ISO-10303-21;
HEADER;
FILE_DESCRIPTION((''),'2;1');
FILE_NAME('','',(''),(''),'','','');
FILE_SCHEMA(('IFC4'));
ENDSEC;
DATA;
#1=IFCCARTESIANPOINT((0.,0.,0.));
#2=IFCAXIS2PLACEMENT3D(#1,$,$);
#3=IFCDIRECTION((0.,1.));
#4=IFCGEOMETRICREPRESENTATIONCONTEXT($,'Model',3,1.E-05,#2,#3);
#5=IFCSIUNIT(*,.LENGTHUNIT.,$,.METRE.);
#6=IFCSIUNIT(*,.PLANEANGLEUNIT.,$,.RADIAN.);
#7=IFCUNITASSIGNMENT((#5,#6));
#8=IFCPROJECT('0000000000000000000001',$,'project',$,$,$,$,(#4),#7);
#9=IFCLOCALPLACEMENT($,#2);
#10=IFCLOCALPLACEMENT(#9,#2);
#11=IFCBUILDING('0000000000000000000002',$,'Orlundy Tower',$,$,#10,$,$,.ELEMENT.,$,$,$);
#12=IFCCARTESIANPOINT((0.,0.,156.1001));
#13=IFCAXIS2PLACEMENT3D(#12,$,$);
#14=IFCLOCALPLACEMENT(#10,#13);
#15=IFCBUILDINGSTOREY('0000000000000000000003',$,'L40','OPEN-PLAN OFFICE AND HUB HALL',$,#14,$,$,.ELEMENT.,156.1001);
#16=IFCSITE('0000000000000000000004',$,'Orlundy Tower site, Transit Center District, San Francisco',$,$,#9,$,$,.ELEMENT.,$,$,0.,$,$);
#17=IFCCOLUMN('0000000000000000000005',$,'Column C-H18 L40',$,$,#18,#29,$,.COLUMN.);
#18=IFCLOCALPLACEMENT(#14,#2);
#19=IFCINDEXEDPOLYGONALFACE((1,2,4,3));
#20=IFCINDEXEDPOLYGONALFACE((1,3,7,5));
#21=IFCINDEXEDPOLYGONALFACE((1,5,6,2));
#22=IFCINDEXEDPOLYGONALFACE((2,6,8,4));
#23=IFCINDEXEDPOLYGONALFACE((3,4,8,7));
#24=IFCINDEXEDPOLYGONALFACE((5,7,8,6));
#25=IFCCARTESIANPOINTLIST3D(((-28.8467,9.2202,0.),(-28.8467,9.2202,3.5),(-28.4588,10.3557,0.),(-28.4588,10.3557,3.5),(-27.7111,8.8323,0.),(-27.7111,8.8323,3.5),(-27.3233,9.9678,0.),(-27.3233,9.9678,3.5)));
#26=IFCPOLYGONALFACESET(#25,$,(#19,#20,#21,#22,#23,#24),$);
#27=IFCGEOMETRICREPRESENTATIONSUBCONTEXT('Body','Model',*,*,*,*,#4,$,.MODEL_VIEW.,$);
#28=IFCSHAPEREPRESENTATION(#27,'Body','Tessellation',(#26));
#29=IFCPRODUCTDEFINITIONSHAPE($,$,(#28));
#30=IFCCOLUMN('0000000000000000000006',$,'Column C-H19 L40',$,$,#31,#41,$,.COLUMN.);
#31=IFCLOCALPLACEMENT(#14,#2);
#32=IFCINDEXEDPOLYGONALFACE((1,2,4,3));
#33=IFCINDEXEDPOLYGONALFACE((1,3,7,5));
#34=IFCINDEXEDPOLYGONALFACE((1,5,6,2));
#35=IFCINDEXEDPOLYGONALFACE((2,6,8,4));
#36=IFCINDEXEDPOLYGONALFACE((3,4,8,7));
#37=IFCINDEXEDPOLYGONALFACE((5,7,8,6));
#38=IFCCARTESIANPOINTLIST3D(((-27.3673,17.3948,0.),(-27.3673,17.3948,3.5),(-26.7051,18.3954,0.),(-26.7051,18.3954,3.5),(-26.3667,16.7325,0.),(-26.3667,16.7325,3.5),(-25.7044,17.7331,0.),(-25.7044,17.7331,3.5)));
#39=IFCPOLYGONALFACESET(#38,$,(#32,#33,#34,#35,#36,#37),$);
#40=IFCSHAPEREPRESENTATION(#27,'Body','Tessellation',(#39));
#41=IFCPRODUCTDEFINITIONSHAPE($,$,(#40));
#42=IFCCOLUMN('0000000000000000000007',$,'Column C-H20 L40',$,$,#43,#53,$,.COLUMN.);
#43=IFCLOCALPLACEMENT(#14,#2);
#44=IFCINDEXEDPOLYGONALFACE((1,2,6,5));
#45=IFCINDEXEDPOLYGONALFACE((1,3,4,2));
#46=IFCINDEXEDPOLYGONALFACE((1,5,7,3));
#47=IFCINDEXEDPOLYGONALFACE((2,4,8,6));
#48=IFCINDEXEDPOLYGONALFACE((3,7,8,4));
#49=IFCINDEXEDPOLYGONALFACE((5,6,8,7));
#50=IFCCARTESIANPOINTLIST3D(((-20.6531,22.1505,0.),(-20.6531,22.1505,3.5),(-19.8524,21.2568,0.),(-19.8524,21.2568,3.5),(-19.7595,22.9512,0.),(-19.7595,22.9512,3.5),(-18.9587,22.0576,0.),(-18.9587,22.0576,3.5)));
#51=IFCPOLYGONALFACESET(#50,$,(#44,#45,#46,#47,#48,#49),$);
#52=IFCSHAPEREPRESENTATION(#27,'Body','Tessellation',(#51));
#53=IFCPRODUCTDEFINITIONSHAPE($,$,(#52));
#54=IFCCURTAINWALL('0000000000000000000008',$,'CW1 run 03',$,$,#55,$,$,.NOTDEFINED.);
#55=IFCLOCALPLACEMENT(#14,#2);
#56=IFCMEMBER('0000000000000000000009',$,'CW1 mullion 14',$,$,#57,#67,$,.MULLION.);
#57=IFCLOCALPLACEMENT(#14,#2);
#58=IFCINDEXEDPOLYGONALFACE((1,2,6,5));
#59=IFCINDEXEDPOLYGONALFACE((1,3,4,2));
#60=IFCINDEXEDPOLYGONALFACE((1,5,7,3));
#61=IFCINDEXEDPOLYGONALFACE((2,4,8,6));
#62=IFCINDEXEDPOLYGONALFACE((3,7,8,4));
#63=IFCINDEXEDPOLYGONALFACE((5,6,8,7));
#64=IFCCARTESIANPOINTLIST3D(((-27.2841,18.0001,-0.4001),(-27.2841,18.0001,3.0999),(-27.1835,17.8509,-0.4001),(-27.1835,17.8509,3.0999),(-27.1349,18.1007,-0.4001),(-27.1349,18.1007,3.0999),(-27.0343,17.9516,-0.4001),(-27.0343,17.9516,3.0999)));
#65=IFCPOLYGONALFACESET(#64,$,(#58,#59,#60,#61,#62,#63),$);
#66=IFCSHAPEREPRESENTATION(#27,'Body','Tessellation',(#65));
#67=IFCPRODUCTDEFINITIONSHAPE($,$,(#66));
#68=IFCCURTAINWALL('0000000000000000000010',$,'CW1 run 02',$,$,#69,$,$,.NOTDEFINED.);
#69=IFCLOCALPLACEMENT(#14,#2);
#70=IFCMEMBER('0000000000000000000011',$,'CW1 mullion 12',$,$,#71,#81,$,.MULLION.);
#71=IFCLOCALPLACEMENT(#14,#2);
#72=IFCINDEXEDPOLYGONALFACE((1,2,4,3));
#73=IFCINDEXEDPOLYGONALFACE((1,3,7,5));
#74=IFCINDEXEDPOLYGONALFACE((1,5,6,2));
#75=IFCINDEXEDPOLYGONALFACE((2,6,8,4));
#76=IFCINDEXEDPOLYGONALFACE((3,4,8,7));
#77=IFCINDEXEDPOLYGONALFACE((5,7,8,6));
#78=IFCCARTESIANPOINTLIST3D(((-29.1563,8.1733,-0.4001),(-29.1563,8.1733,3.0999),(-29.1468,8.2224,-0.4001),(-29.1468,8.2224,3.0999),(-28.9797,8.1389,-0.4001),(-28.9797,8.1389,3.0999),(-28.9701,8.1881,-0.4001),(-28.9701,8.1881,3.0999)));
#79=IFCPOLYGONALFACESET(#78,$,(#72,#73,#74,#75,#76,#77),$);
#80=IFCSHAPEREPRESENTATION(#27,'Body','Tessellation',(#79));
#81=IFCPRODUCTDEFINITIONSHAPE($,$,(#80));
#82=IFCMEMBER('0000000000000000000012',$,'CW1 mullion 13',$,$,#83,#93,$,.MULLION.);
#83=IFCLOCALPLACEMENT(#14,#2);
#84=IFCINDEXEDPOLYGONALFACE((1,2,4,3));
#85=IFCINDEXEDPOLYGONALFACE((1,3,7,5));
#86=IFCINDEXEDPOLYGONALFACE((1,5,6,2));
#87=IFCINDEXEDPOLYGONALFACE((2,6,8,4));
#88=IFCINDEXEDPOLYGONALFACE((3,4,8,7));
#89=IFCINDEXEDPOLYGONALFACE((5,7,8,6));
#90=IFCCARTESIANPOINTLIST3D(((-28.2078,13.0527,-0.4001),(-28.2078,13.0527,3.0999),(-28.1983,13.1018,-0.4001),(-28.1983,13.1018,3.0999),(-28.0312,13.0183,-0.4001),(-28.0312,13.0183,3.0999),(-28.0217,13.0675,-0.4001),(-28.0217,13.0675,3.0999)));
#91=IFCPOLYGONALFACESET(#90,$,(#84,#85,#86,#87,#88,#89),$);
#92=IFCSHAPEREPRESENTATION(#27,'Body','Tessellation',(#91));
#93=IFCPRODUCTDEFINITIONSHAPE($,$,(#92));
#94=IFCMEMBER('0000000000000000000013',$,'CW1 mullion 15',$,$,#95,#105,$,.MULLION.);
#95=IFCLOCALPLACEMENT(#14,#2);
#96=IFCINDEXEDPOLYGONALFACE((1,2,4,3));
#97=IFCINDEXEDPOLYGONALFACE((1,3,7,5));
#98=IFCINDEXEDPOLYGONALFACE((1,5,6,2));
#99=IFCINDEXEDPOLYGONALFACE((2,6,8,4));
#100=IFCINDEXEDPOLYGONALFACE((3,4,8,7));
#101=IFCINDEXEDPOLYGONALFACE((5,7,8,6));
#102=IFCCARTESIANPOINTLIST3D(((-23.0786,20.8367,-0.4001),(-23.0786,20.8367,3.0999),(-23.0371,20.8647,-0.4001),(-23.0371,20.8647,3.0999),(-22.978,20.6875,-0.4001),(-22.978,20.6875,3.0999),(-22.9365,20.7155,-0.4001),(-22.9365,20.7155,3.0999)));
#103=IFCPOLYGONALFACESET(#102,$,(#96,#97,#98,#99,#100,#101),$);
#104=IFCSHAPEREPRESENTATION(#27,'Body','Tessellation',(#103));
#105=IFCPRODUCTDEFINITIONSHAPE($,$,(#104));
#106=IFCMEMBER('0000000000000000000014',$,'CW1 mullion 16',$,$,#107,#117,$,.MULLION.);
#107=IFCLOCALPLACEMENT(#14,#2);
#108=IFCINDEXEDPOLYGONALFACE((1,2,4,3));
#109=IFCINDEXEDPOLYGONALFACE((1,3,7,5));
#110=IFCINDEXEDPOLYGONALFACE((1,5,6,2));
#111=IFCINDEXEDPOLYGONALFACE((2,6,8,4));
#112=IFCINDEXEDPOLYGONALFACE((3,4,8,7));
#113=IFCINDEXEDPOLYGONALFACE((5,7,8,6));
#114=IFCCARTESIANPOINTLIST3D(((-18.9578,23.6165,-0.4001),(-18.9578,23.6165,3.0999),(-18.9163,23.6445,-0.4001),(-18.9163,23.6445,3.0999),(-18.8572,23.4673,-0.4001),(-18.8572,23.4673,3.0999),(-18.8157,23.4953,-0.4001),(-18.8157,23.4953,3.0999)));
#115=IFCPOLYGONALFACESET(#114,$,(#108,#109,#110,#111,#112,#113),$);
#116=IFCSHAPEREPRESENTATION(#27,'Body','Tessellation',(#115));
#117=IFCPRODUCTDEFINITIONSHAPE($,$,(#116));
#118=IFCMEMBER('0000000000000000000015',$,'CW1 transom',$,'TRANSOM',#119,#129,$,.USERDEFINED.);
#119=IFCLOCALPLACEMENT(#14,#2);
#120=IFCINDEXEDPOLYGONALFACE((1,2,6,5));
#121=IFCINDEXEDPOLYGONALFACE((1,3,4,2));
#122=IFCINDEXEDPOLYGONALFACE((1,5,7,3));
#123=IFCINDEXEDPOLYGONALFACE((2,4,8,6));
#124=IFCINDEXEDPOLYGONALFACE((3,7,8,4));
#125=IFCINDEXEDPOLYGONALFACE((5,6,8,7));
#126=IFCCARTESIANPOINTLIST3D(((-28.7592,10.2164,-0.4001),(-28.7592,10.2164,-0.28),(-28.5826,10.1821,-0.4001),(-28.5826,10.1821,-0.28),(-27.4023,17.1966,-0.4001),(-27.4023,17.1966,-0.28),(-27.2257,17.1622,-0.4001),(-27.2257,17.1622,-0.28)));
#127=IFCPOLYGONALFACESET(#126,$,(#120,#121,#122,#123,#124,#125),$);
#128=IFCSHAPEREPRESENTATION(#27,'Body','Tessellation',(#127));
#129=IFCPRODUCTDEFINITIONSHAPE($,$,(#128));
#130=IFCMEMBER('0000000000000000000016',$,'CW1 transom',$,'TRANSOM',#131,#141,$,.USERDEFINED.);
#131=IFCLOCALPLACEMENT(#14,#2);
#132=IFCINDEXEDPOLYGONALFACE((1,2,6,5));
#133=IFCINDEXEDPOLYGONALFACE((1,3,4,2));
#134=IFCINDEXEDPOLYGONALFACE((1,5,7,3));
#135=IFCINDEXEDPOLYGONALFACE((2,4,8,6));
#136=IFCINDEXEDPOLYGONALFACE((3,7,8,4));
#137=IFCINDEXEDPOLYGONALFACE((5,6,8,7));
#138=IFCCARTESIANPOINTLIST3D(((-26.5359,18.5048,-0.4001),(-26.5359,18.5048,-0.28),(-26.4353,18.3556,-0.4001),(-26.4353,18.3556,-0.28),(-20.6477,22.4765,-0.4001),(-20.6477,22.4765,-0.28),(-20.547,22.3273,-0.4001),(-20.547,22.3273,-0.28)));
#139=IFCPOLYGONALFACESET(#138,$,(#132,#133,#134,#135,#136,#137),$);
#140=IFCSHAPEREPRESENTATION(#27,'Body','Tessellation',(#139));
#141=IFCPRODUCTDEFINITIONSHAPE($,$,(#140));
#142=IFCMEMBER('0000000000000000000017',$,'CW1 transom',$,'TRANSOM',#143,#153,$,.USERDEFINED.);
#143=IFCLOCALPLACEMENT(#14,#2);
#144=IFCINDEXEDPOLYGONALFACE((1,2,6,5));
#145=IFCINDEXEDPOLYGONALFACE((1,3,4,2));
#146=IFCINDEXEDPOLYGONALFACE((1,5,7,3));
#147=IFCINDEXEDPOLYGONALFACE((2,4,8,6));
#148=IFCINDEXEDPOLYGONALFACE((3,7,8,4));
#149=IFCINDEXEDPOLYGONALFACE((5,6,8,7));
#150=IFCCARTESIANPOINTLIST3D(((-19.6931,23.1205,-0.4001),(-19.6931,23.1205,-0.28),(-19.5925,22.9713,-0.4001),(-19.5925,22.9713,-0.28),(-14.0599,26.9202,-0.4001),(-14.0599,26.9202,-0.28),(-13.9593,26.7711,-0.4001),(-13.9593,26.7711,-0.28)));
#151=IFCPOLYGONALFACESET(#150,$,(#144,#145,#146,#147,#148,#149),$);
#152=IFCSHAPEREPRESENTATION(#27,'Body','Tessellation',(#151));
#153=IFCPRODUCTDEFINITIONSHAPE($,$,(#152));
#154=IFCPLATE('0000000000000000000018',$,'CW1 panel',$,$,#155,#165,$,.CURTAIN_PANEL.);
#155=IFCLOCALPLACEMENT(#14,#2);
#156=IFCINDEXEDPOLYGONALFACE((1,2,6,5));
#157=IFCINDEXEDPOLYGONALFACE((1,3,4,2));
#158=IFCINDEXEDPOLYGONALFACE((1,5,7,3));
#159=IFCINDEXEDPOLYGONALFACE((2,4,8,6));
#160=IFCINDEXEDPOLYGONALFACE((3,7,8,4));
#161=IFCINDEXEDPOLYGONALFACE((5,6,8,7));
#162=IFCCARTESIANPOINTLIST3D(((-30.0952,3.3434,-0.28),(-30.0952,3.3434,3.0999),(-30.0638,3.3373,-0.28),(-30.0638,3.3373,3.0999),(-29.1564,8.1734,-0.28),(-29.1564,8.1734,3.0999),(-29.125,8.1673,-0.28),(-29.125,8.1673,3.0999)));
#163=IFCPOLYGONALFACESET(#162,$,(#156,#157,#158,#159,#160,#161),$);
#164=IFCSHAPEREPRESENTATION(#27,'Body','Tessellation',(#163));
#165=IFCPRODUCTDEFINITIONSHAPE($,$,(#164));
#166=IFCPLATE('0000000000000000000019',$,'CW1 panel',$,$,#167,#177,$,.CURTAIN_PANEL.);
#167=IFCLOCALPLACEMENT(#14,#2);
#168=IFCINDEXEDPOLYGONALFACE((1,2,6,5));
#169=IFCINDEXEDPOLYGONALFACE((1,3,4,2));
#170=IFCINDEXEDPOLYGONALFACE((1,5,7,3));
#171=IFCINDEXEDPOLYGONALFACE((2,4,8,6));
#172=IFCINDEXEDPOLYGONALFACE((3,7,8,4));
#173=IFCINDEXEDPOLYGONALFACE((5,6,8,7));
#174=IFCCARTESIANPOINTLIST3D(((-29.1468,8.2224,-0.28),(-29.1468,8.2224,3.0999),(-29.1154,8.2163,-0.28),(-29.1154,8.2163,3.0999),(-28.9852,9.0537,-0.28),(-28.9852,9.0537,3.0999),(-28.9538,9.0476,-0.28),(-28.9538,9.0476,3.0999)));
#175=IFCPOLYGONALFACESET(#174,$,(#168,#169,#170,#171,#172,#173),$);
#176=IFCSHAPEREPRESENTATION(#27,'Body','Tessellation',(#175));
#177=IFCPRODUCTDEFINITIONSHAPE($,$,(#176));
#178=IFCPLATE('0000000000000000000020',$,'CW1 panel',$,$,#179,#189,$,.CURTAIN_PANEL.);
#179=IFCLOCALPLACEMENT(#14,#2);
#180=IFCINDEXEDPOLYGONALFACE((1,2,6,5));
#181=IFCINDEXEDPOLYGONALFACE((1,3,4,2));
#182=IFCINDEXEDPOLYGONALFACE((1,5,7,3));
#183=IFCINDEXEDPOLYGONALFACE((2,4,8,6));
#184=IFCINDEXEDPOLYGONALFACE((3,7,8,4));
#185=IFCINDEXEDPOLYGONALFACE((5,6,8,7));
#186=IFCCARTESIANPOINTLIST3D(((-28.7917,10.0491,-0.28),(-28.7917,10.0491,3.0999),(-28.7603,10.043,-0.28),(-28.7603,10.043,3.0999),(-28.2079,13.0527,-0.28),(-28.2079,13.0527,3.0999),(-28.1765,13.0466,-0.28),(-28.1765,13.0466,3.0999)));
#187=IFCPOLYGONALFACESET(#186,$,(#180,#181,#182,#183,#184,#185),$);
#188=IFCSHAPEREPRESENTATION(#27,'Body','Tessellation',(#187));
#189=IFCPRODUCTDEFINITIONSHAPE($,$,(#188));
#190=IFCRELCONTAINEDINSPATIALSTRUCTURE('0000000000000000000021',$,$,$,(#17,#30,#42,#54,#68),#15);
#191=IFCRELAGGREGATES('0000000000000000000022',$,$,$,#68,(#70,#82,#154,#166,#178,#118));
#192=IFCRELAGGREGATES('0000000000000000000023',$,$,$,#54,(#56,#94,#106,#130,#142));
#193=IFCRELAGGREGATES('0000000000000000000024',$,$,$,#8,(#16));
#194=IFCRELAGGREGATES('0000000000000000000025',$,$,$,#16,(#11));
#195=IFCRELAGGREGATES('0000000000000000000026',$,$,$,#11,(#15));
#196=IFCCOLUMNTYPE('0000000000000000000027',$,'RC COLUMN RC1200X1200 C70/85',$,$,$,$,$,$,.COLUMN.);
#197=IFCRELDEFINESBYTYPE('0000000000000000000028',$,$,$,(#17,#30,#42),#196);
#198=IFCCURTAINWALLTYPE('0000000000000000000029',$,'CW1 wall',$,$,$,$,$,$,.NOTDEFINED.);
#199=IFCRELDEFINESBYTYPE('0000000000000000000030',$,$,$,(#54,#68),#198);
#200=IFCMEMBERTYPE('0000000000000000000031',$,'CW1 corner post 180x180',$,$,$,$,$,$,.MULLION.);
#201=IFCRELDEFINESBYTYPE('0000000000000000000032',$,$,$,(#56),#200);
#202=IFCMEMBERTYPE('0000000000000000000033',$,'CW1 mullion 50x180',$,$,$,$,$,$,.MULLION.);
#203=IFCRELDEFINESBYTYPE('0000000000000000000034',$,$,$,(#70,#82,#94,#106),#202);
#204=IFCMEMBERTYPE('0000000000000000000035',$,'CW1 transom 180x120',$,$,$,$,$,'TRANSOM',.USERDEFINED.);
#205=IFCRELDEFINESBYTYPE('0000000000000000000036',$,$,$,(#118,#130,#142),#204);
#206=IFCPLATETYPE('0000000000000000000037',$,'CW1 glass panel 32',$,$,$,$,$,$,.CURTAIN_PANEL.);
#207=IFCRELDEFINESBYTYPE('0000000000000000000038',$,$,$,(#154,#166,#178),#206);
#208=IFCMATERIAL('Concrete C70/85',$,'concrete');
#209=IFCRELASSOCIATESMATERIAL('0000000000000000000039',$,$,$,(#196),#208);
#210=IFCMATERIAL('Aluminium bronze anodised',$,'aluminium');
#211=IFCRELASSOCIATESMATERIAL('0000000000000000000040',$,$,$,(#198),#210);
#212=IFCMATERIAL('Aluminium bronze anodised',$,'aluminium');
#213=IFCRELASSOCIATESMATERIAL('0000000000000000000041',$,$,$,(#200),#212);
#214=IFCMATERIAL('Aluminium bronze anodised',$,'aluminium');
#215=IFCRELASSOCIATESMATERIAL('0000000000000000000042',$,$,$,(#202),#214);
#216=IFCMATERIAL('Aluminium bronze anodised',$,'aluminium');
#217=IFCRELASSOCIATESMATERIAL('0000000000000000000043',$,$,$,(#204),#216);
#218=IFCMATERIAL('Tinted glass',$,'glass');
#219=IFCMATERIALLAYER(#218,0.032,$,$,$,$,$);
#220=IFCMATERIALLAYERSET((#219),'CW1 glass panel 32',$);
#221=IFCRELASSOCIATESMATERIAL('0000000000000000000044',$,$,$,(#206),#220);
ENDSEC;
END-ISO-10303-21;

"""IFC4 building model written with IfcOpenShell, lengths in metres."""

from ifc_helpers import new_model, si_unit, direction, frame, origin, origin_2d, place, context, subcontext, project, spatial, rectangle, extrude, material, layer, layer_set, material_profile, profile_set, type_object, element, aggregate, save


model = new_model("IFC4")

# Units and contexts
model_context = context("Model", 3, precision=1e-05, world=origin(), true_north=direction((0.0, 1.0)))
body_context = subcontext(model_context, "Body", "Model", "MODEL_VIEW")
ifc_project = project(units=[si_unit("LENGTHUNIT", "METRE"), si_unit("PLANEANGLEUNIT", "RADIAN")], contexts=[model_context])

# Site, building, storey
site_placement = place(None, origin())
site = spatial("IfcSite", under=ifc_project, at=site_placement, Name="Orlundy Tower site, Transit Center District, San Francisco", CompositionType="ELEMENT", RefElevation=0.0)
building_placement = place(site_placement, origin())
building = spatial("IfcBuilding", under=site, at=building_placement, Name="Orlundy Tower", CompositionType="ELEMENT")
storey_placement = place(building_placement, frame((0.0, 0.0, 156.1001)))
storey = spatial("IfcBuildingStorey", under=building, at=storey_placement, Name="L40", Description="OPEN-PLAN OFFICE AND HUB HALL", CompositionType="ELEMENT", Elevation=156.1001)

# Columns
ifc_material_1 = material(Name="Concrete C70/85", Category="concrete")
ifc_material_profile_1 = material_profile(ifc_material_1, rectangle(XDim=1.2, YDim=1.2, at=origin_2d()), Name="RC1200X1200")
ifc_profile_set_1 = profile_set([ifc_material_profile_1], Name="Concrete C70/85")
column_type = type_object("IfcColumnType", Name="RC COLUMN RC1200X1200 C70/85", PredefinedType="COLUMN", material=ifc_profile_set_1)
for number, where, z_axis, x_axis, name in (
    (1, (-28.085, 9.594, 0.0), (0.0, 0.0, 1.0), (-0.946311, 0.323257, 0.0), "Column C-H18 L40"),
    (2, (-26.5359, 17.564, 0.0), (0.0, 0.0, 1.0), (-0.833886, 0.551937, 0.0), "Column C-H19 L40"),
    (3, (-19.8059, 22.104, 0.0), (0.0, 0.0, 1.0), (-0.667339, 0.744754, 0.0), "Column C-H20 L40"),
):
    element("IfcColumn", number, at=place(storey_placement, frame(where, z_axis=z_axis, x_axis=x_axis)), inside=storey, type_object=column_type, Name=name, PredefinedType="COLUMN", context=body_context, shape_type="SweptSolid", body=[
        extrude(rectangle(XDim=1.2, YDim=1.2, at=origin_2d()), origin(), (0.0, 0.0, 1.0), 3.5),
    ])

# Curtain wall, member
ifc_material_2 = material(Name="Aluminium bronze anodised", Category="aluminium")
curtain_wall_type = type_object("IfcCurtainWallType", Name="CW1 wall", PredefinedType="NOTDEFINED", material=ifc_material_2)
curtain_wall_1_placement = place(storey_placement, origin())
curtain_wall_1 = element("IfcCurtainWall", 4, at=curtain_wall_1_placement, inside=storey, type_object=curtain_wall_type, Name="CW1 run 03", PredefinedType="NOTDEFINED")
ifc_material_3 = material(Name="Aluminium bronze anodised", Category="aluminium")
ifc_material_profile_2 = material_profile(ifc_material_3, rectangle(XDim=0.1799, YDim=0.1799, at=origin_2d()), Name="CW1 corner post 180x180")
ifc_profile_set_2 = profile_set([ifc_material_profile_2], Name="Aluminium bronze anodised")
member_type_1 = type_object("IfcMemberType", Name="CW1 corner post 180x180", PredefinedType="MULLION", material=ifc_profile_set_2)
member_1_placement = place(storey_placement, frame((-27.1592, 17.9758, -0.4001), z_axis=(0.0, 0.0, 1.0), x_axis=(-0.559205, 0.82903, 0.0)))
member_1 = element("IfcMember", 5, at=member_1_placement, type_object=member_type_1, Name="CW1 mullion 14", PredefinedType="MULLION", context=body_context, shape_type="SweptSolid", body=[
    extrude(rectangle(XDim=0.1799, YDim=0.1799, at=origin_2d()), origin(), (0.0, 0.0, 1.0), 3.5),
])

# Curtain wall, members
curtain_wall_2_placement = place(storey_placement, origin())
curtain_wall_2 = element("IfcCurtainWall", 6, at=curtain_wall_2_placement, inside=storey, type_object=curtain_wall_type, Name="CW1 run 02", PredefinedType="NOTDEFINED")
ifc_material_4 = material(Name="Aluminium bronze anodised", Category="aluminium")
ifc_material_profile_3 = material_profile(ifc_material_4, rectangle(XDim=0.1799, YDim=0.05, at=origin_2d()), Name="CW1 mullion 50x180")
ifc_profile_set_3 = profile_set([ifc_material_profile_3], Name="Aluminium bronze anodised")
member_type_2 = type_object("IfcMemberType", Name="CW1 mullion 50x180", PredefinedType="MULLION", material=ifc_profile_set_3)
member_2_placement = place(storey_placement, frame((-29.0632, 8.1807, -0.4001), z_axis=(0.0, 0.0, 1.0), x_axis=(-0.981628, 0.190805, 0.0)))
member_2 = element("IfcMember", 7, at=member_2_placement, type_object=member_type_2, Name="CW1 mullion 12", PredefinedType="MULLION", context=body_context, shape_type="SweptSolid", body=[
    extrude(rectangle(XDim=0.1799, YDim=0.05, at=origin_2d()), origin(), (0.0, 0.0, 1.0), 3.5),
])
member_3_placement = place(storey_placement, frame((-28.1147, 13.0601, -0.4001), z_axis=(0.0, 0.0, 1.0), x_axis=(-0.981628, 0.190805, 0.0)))
member_3 = element("IfcMember", 8, at=member_3_placement, type_object=member_type_2, Name="CW1 mullion 13", PredefinedType="MULLION", context=body_context, shape_type="SweptSolid", body=[
    extrude(rectangle(XDim=0.1799, YDim=0.05, at=origin_2d()), origin(), (0.0, 0.0, 1.0), 3.5),
])

# Members
member_4_placement = place(storey_placement, frame((-23.0076, 20.7761, -0.4001), z_axis=(0.0, 0.0, 1.0), x_axis=(-0.559205, 0.82903, 0.0)))
member_4 = element("IfcMember", 9, at=member_4_placement, type_object=member_type_2, Name="CW1 mullion 15", PredefinedType="MULLION", context=body_context, shape_type="SweptSolid", body=[
    extrude(rectangle(XDim=0.1799, YDim=0.05, at=origin_2d()), origin(), (0.0, 0.0, 1.0), 3.5),
])
member_5_placement = place(storey_placement, frame((-18.8867, 23.5559, -0.4001), z_axis=(0.0, 0.0, 1.0), x_axis=(-0.559205, 0.82903, 0.0)))
member_5 = element("IfcMember", 10, at=member_5_placement, type_object=member_type_2, Name="CW1 mullion 16", PredefinedType="MULLION", context=body_context, shape_type="SweptSolid", body=[
    extrude(rectangle(XDim=0.1799, YDim=0.05, at=origin_2d()), origin(), (0.0, 0.0, 1.0), 3.5),
])
ifc_material_5 = material(Name="Aluminium bronze anodised", Category="aluminium")
ifc_material_profile_4 = material_profile(ifc_material_5, rectangle(XDim=0.1799, YDim=0.1201, at=origin_2d()), Name="CW1 transom 180x120")
ifc_profile_set_4 = profile_set([ifc_material_profile_4], Name="Aluminium bronze anodised")
member_type_3 = type_object("IfcMemberType", Name="CW1 transom 180x120", ElementType="TRANSOM", PredefinedType="USERDEFINED", material=ifc_profile_set_4)
member_6_placement = place(storey_placement, frame((-28.6709, 10.1992, -0.3401), z_axis=(0.190825, 0.981624, 0.0), x_axis=(-0.981624, 0.190825, 0.0)))
member_6 = element("IfcMember", 11, at=member_6_placement, type_object=member_type_3, Name="CW1 transom", ObjectType="TRANSOM", PredefinedType="USERDEFINED", context=body_context, shape_type="SweptSolid", body=[
    extrude(rectangle(XDim=0.1799, YDim=0.1201, at=origin_2d()), origin(), (0.0, 0.0, 1.0), 7.1108),
])
member_7_placement = place(storey_placement, frame((-26.4856, 18.4302, -0.3401), z_axis=(0.829034, 0.559198, 0.0), x_axis=(-0.559198, 0.829034, 0.0)))
member_7 = element("IfcMember", 12, at=member_7_placement, type_object=member_type_3, Name="CW1 transom", ObjectType="TRANSOM", PredefinedType="USERDEFINED", context=body_context, shape_type="SweptSolid", body=[
    extrude(rectangle(XDim=0.1799, YDim=0.1201, at=origin_2d()), origin(), (0.0, 0.0, 1.0), 7.1025),
])
member_8_placement = place(storey_placement, frame((-19.6428, 23.0459, -0.3401), z_axis=(0.829031, 0.559203, 0.0), x_axis=(-0.559203, 0.829031, 0.0)))
member_8 = element("IfcMember", 13, at=member_8_placement, type_object=member_type_3, Name="CW1 transom", ObjectType="TRANSOM", PredefinedType="USERDEFINED", context=body_context, shape_type="SweptSolid", body=[
    extrude(rectangle(XDim=0.1799, YDim=0.1201, at=origin_2d()), origin(), (0.0, 0.0, 1.0), 6.7949),
])

# Plates
ifc_material_6 = material(Name="Tinted glass", Category="glass")
ifc_layer_1 = layer(ifc_material_6, 0.032)
ifc_layer_set_1 = layer_set([ifc_layer_1], Name="CW1 glass panel 32")
plate_type = type_object("IfcPlateType", Name="CW1 glass panel 32", PredefinedType="CURTAIN_PANEL", material=ifc_layer_set_1)
plate_1_placement = place(storey_placement, frame((-29.6101, 5.7554, -0.28), z_axis=(0.0, 0.0, 1.0), x_axis=(0.190805, 0.981628, 0.0)))
plate_1 = element("IfcPlate", 14, at=plate_1_placement, type_object=plate_type, Name="CW1 panel", PredefinedType="CURTAIN_PANEL", context=body_context, shape_type="SweptSolid", body=[
    extrude(rectangle(XDim=4.9204, YDim=0.032, at=origin_2d()), origin(), (0.0, 0.0, 1.0), 3.3799),
])
plate_2_placement = place(storey_placement, frame((-29.0503, 8.635, -0.28), z_axis=(0.0, 0.0, 1.0), x_axis=(0.190805, 0.981628, 0.0)))
plate_2 = element("IfcPlate", 15, at=plate_2_placement, type_object=plate_type, Name="CW1 panel", PredefinedType="CURTAIN_PANEL", context=body_context, shape_type="SweptSolid", body=[
    extrude(rectangle(XDim=0.8469, YDim=0.032, at=origin_2d()), origin(), (0.0, 0.0, 1.0), 3.3799),
])
plate_3_placement = place(storey_placement, frame((-28.4841, 11.5479, -0.28), z_axis=(0.0, 0.0, 1.0), x_axis=(0.190805, 0.981628, 0.0)))
plate_3 = element("IfcPlate", 16, at=plate_3_placement, type_object=plate_type, Name="CW1 panel", PredefinedType="CURTAIN_PANEL", context=body_context, shape_type="SweptSolid", body=[
    extrude(rectangle(XDim=3.0598, YDim=0.032, at=origin_2d()), origin(), (0.0, 0.0, 1.0), 3.3799),
])
aggregate(curtain_wall_2, [member_2, member_3, plate_1, plate_2, plate_3, member_6])
aggregate(curtain_wall_1, [member_1, member_4, member_5, member_7, member_8])

save(model, "model.ifc")
